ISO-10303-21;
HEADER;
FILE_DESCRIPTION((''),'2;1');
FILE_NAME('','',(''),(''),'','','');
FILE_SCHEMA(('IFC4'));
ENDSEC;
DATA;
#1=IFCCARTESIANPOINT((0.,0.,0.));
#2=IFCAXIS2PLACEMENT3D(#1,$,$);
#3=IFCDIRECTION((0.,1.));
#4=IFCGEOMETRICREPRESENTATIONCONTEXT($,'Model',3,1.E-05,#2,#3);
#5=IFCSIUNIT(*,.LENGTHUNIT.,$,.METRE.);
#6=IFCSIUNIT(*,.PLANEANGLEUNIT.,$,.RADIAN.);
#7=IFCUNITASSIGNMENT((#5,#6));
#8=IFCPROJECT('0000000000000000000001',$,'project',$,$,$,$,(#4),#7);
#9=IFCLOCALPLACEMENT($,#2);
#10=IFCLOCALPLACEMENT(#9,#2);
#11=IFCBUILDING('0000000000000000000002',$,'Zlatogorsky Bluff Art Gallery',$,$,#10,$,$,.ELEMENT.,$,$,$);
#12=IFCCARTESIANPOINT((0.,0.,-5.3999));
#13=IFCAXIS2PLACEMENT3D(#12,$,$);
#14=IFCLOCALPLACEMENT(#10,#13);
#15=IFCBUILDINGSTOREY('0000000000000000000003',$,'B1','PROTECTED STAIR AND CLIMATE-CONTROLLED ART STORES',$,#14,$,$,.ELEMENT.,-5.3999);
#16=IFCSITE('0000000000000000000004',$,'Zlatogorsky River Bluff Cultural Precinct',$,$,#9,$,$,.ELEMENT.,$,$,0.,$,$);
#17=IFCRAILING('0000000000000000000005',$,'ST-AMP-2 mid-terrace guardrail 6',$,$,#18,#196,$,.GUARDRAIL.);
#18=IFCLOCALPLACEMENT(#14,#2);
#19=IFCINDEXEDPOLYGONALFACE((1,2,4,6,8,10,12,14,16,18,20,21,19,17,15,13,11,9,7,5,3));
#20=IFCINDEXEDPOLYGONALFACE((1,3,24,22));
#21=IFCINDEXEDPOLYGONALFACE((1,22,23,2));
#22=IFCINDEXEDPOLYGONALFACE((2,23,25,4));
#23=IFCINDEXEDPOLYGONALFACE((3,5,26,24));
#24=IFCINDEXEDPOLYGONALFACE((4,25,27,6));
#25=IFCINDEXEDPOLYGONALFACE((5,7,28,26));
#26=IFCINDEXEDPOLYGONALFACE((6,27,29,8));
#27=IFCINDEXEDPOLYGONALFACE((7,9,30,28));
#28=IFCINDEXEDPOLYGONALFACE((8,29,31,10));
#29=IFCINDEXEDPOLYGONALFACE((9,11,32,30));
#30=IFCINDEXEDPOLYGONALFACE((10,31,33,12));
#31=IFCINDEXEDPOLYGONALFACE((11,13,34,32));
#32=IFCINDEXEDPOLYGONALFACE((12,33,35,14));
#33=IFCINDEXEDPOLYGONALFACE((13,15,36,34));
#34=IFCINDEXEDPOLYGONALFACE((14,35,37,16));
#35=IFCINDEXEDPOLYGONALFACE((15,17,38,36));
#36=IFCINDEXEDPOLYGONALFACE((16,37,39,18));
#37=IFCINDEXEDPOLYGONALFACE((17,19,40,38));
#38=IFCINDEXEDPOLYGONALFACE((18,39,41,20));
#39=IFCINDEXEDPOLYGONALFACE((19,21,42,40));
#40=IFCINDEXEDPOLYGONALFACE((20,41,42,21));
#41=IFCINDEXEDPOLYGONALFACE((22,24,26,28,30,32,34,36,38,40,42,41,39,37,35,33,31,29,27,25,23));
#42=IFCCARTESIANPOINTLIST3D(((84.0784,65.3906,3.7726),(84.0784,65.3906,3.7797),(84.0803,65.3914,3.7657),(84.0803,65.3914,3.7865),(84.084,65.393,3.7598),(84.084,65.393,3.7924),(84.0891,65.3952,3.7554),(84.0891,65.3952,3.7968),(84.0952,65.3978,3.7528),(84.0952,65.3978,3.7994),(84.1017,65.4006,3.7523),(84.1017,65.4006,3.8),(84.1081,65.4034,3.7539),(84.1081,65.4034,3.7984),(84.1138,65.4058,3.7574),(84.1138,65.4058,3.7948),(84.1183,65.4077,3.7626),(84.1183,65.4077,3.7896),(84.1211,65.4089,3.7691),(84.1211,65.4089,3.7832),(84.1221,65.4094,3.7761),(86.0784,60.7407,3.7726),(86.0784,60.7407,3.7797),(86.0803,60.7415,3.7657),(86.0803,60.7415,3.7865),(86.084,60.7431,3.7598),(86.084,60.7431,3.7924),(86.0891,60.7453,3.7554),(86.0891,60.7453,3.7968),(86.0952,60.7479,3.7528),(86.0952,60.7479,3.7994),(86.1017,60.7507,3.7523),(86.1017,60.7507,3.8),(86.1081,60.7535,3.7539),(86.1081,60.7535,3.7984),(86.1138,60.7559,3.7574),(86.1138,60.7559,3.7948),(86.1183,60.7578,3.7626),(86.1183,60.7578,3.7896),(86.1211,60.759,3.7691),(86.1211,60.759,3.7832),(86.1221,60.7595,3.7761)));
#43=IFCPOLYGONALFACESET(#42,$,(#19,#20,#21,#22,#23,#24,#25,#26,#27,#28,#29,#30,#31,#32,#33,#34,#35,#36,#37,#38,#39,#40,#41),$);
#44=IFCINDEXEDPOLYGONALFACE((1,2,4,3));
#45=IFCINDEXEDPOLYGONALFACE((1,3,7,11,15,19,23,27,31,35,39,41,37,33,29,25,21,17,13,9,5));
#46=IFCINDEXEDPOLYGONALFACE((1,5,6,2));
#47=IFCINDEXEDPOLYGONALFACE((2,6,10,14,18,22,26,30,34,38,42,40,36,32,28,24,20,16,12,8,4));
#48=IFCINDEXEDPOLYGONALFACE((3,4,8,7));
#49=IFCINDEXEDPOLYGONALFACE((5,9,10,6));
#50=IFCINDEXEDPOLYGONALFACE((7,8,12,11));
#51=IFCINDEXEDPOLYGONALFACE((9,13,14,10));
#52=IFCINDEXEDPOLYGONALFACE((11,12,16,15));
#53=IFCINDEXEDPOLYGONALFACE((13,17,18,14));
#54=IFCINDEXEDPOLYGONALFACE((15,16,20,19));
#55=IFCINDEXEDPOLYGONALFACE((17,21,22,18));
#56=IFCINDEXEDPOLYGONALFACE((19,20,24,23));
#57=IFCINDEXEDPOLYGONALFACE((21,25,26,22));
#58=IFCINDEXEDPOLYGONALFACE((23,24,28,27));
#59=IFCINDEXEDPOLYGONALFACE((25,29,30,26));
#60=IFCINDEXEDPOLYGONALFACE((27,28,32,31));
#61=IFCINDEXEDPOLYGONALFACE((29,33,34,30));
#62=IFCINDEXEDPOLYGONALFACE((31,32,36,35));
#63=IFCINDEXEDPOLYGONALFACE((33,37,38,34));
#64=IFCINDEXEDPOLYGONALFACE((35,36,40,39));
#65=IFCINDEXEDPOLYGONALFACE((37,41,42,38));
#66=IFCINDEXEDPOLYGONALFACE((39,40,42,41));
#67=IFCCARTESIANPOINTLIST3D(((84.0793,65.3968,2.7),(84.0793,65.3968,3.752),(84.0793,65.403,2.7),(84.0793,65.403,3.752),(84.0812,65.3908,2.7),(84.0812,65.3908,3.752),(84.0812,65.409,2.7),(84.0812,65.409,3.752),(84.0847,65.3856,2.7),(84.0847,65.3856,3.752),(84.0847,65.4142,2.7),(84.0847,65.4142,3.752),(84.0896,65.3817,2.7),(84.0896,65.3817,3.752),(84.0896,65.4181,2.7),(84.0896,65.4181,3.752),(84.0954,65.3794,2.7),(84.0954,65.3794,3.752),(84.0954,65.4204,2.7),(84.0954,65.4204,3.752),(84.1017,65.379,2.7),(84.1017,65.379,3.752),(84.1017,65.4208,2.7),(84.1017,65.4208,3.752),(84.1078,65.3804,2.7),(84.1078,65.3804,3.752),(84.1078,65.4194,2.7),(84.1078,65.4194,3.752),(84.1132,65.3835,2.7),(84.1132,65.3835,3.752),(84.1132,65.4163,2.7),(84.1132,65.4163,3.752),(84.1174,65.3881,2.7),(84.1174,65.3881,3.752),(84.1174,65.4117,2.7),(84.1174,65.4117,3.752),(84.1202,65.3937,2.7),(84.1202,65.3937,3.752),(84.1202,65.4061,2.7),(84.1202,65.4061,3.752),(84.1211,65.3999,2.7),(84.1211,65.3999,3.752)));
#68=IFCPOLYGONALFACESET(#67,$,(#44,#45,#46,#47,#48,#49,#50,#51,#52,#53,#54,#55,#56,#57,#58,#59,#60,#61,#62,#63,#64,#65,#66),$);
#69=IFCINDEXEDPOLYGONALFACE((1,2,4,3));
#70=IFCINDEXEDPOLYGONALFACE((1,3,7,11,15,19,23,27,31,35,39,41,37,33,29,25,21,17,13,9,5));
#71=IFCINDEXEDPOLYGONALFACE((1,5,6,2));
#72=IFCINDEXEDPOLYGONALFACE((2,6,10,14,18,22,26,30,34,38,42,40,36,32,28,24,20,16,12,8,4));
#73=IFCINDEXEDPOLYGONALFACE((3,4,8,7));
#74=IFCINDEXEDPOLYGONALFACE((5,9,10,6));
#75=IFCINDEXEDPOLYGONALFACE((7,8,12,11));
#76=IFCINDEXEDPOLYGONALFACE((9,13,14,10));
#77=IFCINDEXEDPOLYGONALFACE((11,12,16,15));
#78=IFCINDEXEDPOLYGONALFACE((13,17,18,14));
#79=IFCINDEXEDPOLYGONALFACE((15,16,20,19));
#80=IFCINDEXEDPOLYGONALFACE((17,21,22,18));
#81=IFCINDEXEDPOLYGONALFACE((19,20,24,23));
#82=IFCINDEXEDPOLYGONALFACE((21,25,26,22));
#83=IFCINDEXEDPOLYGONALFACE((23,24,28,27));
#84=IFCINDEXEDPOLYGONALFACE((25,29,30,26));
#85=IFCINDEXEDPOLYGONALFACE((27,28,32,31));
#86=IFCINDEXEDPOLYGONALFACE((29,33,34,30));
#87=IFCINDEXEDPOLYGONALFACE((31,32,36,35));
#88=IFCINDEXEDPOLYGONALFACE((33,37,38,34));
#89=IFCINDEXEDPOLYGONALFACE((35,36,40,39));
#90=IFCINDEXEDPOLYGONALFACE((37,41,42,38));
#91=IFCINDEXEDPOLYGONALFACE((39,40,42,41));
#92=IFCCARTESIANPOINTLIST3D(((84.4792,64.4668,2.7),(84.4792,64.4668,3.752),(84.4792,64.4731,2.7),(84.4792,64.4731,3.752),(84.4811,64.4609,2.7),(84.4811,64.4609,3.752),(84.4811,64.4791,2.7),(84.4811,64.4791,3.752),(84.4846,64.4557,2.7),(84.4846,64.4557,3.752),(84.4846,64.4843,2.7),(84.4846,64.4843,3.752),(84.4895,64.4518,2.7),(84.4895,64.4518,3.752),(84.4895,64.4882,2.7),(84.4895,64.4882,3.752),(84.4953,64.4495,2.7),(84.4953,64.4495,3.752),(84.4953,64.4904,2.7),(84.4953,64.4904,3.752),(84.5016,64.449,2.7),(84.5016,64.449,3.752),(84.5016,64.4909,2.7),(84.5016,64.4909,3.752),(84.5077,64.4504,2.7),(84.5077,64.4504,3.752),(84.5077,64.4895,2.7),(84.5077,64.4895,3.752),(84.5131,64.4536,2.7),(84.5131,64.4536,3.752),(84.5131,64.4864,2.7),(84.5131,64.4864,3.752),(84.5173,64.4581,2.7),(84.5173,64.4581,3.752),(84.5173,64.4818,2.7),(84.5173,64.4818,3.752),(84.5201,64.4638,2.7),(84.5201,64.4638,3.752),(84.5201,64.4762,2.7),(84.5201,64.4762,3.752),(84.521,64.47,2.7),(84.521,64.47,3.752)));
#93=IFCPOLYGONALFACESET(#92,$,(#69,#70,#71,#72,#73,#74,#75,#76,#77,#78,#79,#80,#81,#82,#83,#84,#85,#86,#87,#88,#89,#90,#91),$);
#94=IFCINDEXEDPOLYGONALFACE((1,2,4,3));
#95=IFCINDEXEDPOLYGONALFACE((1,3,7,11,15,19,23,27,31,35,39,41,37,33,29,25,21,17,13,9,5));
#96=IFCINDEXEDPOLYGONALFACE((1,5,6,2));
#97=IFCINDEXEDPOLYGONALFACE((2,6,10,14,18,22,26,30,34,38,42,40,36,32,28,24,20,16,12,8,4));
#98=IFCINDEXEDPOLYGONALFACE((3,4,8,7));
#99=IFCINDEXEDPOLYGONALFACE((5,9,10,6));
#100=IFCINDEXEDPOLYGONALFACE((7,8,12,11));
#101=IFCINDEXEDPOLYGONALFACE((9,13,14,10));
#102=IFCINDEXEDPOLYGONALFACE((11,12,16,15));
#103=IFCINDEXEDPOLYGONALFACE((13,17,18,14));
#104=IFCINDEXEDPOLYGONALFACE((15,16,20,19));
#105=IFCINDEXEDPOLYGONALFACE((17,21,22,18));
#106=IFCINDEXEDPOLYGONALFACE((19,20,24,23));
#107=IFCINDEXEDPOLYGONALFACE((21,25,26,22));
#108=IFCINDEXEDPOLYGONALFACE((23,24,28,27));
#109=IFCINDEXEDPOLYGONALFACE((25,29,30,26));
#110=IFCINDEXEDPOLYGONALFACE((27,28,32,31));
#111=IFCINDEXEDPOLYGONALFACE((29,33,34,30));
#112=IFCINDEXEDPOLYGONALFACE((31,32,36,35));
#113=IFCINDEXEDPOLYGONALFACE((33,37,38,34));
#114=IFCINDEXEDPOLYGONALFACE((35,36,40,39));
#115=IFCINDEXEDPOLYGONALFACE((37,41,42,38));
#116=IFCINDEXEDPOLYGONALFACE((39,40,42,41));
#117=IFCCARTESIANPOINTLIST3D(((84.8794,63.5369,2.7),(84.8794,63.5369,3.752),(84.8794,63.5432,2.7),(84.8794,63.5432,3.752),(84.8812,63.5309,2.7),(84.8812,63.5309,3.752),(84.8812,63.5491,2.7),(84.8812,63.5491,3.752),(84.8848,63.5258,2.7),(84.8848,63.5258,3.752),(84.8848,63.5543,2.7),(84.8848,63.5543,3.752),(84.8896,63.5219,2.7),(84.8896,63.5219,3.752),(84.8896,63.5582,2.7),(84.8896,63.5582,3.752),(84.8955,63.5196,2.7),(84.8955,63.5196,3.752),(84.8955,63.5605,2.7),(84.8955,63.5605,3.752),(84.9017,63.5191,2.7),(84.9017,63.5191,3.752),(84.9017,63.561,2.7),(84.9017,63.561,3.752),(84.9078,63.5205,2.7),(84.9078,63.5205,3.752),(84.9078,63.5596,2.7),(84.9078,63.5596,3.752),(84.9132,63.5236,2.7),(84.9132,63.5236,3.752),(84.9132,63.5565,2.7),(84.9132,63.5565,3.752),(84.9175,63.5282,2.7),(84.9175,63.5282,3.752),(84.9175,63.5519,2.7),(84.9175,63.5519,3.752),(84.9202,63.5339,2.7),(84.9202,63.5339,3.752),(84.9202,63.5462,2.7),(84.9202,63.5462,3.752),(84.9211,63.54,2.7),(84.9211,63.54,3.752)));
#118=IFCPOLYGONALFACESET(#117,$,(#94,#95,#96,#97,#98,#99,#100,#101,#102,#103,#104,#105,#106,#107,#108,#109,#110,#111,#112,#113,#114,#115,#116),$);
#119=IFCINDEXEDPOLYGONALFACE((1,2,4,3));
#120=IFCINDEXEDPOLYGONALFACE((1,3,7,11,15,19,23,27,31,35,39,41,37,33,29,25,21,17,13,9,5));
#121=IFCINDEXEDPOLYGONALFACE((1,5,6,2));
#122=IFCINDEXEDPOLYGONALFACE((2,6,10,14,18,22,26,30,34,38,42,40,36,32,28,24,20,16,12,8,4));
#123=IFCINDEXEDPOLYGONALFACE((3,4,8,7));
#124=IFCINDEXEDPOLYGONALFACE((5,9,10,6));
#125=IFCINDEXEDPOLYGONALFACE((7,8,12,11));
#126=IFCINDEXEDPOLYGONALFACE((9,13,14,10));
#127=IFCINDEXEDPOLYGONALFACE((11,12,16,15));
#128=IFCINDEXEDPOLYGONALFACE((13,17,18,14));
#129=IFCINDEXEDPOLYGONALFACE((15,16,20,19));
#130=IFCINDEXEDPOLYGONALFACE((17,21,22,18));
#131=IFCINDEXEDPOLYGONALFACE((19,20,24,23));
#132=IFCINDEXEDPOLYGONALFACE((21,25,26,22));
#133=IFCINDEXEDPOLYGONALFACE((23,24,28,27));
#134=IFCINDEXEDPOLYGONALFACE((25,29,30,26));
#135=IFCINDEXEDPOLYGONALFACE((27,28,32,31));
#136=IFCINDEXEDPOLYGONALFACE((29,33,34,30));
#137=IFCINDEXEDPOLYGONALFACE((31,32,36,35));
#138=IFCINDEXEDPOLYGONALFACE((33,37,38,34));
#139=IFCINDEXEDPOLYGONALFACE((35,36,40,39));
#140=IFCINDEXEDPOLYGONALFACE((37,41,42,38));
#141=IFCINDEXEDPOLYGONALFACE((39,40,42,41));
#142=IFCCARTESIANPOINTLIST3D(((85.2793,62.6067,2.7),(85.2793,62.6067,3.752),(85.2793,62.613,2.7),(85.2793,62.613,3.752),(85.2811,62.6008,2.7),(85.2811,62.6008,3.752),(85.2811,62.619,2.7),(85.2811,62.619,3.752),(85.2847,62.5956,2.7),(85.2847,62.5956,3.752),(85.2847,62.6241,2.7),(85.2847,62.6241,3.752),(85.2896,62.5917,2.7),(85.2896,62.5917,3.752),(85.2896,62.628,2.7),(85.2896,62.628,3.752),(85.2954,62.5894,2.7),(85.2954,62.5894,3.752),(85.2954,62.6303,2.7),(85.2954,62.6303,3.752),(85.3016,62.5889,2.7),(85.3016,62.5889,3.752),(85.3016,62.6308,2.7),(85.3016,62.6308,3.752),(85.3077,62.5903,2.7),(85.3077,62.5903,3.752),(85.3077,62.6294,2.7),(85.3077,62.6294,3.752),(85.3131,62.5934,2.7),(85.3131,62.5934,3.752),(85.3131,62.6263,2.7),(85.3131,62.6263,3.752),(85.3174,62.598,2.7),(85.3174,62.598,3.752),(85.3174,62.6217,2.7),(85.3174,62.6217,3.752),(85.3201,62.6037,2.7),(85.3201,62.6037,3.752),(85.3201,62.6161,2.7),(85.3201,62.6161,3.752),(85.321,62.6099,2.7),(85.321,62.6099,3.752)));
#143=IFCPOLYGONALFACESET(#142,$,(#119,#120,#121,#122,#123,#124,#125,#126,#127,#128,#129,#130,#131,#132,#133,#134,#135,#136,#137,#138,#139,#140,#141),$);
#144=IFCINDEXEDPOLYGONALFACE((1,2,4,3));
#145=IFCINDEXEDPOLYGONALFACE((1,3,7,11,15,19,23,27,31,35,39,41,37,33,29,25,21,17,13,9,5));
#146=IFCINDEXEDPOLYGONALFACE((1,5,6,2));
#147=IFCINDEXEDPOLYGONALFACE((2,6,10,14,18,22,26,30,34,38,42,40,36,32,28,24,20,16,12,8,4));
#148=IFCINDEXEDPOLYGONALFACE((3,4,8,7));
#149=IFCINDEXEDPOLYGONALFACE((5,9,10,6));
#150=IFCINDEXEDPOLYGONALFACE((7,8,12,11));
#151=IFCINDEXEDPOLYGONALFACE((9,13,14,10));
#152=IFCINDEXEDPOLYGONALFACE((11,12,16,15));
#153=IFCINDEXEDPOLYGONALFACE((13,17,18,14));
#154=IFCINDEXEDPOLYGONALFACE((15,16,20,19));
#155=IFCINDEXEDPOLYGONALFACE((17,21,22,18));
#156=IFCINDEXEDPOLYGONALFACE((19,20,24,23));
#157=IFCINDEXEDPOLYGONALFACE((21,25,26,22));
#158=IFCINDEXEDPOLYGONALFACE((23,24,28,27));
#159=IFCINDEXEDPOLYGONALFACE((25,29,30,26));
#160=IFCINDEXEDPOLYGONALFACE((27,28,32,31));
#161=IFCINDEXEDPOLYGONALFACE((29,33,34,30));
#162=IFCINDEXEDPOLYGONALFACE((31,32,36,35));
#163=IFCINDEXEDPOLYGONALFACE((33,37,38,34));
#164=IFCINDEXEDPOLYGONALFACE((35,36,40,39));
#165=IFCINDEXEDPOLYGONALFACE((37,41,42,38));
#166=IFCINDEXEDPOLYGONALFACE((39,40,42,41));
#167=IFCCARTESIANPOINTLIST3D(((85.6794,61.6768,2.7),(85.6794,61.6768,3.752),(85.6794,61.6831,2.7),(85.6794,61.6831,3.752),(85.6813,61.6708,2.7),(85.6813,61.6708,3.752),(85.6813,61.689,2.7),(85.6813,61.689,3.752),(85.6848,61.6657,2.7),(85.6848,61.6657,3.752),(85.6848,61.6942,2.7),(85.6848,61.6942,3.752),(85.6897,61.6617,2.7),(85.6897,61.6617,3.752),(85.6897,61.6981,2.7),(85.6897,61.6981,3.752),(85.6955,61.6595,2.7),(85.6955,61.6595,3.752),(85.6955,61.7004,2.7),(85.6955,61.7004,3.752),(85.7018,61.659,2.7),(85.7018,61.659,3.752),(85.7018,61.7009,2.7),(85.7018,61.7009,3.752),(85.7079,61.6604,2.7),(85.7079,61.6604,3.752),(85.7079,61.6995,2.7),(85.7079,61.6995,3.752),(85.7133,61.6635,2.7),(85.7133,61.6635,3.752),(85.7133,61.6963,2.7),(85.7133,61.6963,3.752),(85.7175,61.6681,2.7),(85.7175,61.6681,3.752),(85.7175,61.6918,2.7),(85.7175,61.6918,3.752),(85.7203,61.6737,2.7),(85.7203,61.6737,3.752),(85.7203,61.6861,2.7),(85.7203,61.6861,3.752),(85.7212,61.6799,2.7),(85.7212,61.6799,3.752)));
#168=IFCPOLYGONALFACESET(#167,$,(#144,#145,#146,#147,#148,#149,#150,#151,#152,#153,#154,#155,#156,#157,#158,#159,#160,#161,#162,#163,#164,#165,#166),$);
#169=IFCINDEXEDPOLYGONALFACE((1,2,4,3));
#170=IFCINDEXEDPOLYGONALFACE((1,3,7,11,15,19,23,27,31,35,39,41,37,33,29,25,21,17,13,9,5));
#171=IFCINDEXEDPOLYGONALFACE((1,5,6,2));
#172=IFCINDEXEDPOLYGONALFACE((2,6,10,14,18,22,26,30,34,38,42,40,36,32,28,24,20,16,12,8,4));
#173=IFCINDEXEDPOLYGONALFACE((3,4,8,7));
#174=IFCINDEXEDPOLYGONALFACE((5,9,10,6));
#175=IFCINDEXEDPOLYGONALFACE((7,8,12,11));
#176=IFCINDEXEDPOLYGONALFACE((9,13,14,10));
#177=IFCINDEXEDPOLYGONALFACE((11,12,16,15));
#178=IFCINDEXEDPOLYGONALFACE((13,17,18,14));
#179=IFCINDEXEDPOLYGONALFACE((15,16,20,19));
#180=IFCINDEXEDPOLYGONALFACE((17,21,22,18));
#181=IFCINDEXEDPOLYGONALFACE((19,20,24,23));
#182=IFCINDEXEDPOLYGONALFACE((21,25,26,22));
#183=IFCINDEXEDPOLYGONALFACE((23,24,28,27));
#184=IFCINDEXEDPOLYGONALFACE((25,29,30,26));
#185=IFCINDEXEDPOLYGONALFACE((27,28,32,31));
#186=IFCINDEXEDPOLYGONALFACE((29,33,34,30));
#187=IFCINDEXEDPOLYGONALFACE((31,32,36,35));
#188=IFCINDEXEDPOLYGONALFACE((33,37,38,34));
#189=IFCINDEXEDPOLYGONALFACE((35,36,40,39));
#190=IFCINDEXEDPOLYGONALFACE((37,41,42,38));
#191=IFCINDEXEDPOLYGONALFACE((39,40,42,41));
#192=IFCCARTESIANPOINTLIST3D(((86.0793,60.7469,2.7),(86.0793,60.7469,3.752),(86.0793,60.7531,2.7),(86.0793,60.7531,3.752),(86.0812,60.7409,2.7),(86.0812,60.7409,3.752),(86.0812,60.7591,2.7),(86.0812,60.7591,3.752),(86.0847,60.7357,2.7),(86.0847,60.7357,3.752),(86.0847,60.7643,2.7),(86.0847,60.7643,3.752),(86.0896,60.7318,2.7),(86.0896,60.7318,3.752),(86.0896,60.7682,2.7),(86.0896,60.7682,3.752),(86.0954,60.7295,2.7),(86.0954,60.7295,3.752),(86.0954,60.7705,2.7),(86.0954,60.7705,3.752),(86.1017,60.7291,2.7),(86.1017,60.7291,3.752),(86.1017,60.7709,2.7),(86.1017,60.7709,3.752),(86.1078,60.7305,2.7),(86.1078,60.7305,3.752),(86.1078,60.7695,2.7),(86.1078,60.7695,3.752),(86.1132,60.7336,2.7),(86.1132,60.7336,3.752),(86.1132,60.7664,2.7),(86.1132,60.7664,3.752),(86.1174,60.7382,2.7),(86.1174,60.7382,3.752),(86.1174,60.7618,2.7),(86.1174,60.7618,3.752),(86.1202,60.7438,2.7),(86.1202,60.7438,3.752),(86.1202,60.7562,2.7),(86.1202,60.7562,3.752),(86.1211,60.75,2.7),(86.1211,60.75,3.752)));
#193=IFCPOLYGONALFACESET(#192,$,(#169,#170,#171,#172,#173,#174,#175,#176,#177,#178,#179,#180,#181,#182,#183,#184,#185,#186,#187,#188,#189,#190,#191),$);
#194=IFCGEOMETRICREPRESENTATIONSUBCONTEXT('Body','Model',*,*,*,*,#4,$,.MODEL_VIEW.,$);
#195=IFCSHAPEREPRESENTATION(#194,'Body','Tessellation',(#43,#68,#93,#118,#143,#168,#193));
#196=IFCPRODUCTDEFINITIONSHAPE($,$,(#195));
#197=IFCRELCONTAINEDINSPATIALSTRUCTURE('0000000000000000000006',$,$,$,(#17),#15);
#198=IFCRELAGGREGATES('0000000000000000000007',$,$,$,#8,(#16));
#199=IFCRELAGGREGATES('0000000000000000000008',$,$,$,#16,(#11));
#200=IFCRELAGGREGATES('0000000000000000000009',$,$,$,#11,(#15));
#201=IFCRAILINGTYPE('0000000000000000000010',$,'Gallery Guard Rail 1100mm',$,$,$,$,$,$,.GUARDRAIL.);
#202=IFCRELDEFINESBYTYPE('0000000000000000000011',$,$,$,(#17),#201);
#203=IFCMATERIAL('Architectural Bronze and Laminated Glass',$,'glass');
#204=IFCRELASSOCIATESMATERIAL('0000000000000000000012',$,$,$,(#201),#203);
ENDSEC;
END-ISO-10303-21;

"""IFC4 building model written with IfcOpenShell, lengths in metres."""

from ifc_helpers import new_model, si_unit, direction, frame, origin, origin_2d, place, context, subcontext, project, spatial, circle, extrude, material, type_object, element, save


model = new_model("IFC4")

# Units and contexts
model_context = context("Model", 3, precision=1e-05, world=origin(), true_north=direction((0.0, 1.0)))
body_context = subcontext(model_context, "Body", "Model", "MODEL_VIEW")
ifc_project = project(units=[si_unit("LENGTHUNIT", "METRE"), si_unit("PLANEANGLEUNIT", "RADIAN")], contexts=[model_context])

# Site, building, storey
site_placement = place(None, origin())
site = spatial("IfcSite", under=ifc_project, at=site_placement, Name="Zlatogorsky River Bluff Cultural Precinct", CompositionType="ELEMENT", RefElevation=0.0)
building_placement = place(site_placement, origin())
building = spatial("IfcBuilding", under=site, at=building_placement, Name="Zlatogorsky Bluff Art Gallery", CompositionType="ELEMENT")
storey_placement = place(building_placement, frame((0.0, 0.0, -5.3999)))
storey = spatial("IfcBuildingStorey", under=building, at=storey_placement, Name="B1", Description="PROTECTED STAIR AND CLIMATE-CONTROLLED ART STORES", CompositionType="ELEMENT", Elevation=-5.3999)

# Railing
ifc_material_1 = material(Name="Architectural Bronze and Laminated Glass", Category="glass")
railing_type_1 = type_object("IfcRailingType", Name="Gallery Guard Rail 1100mm", PredefinedType="GUARDRAIL", material=ifc_material_1)
railing_1_placement = place(storey_placement, frame((84.1001, 65.3999, 2.7)))
element("IfcRailing", 1, at=railing_1_placement, inside=storey, type_object=railing_type_1, Name="ST-AMP-2 mid-terrace guardrail 6", PredefinedType="GUARDRAIL", context=body_context, shape_type="SweptSolid", body=[
    extrude(circle(Radius=0.0239, at=origin_2d()), frame((0.0, 0.0, 1.0762), z_axis=(0.395118, -0.91863, 0.0), x_axis=(0.91863, 0.395118, 0.0)), (0.0, 0.0, 1.0), 5.0618),
    extrude(circle(Radius=0.021, at=origin_2d()), origin(), (0.0, 0.0, 1.0), 1.052),
    extrude(circle(Radius=0.021, at=origin_2d()), frame((0.3999, -0.9299, 0.0)), (0.0, 0.0, 1.0), 1.052),
    extrude(circle(Radius=0.021, at=origin_2d()), frame((0.8, -1.8599, 0.0)), (0.0, 0.0, 1.0), 1.052),
    extrude(circle(Radius=0.021, at=origin_2d()), frame((1.2, -2.79, 0.0)), (0.0, 0.0, 1.0), 1.052),
    extrude(circle(Radius=0.021, at=origin_2d()), frame((1.6001, -3.72, 0.0)), (0.0, 0.0, 1.0), 1.052),
    extrude(circle(Radius=0.021, at=origin_2d()), frame((2.0, -4.6499, 0.0)), (0.0, 0.0, 1.0), 1.052),
])

save(model, "model.ifc")
